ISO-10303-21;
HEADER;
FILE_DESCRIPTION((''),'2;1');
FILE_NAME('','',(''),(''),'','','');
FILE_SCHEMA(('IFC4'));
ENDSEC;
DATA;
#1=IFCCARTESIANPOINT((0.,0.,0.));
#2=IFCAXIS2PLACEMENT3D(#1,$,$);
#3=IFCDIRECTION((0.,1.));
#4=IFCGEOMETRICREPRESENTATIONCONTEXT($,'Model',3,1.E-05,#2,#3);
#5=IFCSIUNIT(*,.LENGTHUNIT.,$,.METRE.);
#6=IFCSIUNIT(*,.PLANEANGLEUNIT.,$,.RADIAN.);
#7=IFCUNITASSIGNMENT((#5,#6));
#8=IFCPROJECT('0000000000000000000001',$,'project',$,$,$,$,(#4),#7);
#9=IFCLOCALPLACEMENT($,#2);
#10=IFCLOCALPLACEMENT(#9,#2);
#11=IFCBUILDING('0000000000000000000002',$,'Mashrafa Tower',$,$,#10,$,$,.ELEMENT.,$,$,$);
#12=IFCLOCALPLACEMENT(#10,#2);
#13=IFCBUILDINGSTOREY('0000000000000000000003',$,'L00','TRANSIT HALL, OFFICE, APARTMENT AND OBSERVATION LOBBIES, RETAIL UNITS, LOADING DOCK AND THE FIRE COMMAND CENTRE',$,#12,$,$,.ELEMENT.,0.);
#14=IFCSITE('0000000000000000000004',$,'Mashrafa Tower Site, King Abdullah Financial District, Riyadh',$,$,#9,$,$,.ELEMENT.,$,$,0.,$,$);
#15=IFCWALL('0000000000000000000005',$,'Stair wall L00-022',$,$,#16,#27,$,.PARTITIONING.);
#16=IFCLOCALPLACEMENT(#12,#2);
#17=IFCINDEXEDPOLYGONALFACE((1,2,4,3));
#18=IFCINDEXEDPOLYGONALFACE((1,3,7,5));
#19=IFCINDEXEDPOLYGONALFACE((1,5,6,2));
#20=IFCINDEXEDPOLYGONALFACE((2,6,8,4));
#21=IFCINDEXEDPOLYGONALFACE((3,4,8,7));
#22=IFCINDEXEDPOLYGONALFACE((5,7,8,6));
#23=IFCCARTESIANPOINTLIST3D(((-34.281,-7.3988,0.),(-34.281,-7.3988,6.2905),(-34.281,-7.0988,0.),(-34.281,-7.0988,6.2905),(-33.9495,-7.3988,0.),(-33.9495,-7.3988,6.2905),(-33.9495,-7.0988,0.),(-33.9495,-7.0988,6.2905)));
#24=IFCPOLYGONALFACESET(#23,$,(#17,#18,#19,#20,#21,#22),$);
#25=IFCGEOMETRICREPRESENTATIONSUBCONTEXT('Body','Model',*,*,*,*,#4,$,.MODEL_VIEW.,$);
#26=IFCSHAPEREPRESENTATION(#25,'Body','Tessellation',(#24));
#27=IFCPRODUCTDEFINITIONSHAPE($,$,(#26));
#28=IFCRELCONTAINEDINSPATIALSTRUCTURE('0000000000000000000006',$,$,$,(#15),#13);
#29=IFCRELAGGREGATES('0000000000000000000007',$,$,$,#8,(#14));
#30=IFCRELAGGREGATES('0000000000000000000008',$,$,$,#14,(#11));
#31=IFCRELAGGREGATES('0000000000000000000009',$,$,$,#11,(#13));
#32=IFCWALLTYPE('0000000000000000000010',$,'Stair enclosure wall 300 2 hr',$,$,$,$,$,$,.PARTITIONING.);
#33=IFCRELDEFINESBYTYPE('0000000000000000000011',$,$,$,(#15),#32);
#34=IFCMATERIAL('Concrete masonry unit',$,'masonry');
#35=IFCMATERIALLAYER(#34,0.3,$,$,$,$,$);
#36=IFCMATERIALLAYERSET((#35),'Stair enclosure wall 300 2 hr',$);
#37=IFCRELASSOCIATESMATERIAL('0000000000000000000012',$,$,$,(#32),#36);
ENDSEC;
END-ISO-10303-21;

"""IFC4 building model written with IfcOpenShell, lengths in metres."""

from ifc_helpers import new_model, si_unit, direction, frame, frame_2d, origin, place, context, subcontext, project, spatial, rectangle, extrude, material, layer, layer_set, type_object, element, save


model = new_model("IFC4")

# Units and contexts
model_context = context("Model", 3, precision=1e-05, world=origin(), true_north=direction((0.0, 1.0)))
body_context = subcontext(model_context, "Body", "Model", "MODEL_VIEW")
ifc_project = project(units=[si_unit("LENGTHUNIT", "METRE"), si_unit("PLANEANGLEUNIT", "RADIAN")], contexts=[model_context])

# Site, building, storey
site_placement = place(None, origin())
site = spatial("IfcSite", under=ifc_project, at=site_placement, Name="Mashrafa Tower Site, King Abdullah Financial District, Riyadh", CompositionType="ELEMENT", RefElevation=0.0)
building_placement = place(site_placement, origin())
building = spatial("IfcBuilding", under=site, at=building_placement, Name="Mashrafa Tower", CompositionType="ELEMENT")
storey_placement = place(building_placement, origin())
storey = spatial("IfcBuildingStorey", under=building, at=storey_placement, Name="L00", Description="TRANSIT HALL, OFFICE, APARTMENT AND OBSERVATION LOBBIES, RETAIL UNITS, LOADING DOCK AND THE FIRE COMMAND CENTRE", CompositionType="ELEMENT", Elevation=0.0)

# Wall
ifc_material_1 = material(Name="Concrete masonry unit", Category="masonry")
ifc_layer_1 = layer(ifc_material_1, 0.3)
ifc_layer_set_1 = layer_set([ifc_layer_1], Name="Stair enclosure wall 300 2 hr")
wall_type_1 = type_object("IfcWallType", Name="Stair enclosure wall 300 2 hr", PredefinedType="PARTITIONING", material=ifc_layer_set_1)
wall_1_placement = place(storey_placement, frame((-34.281, -7.2488, 0.0), z_axis=(0.0, 0.0, 1.0), x_axis=(1.0, 0.0, 0.0)))
element("IfcWall", 1, at=wall_1_placement, inside=storey, type_object=wall_type_1, Name="Stair wall L00-022", PredefinedType="PARTITIONING", context=body_context, shape_type="SweptSolid", body=[
    extrude(rectangle(XDim=0.3315, YDim=0.3, at=frame_2d((0.1658, 0.0))), origin(), (0.0, 0.0, 1.0), 6.2905),
])

save(model, "model.ifc")
